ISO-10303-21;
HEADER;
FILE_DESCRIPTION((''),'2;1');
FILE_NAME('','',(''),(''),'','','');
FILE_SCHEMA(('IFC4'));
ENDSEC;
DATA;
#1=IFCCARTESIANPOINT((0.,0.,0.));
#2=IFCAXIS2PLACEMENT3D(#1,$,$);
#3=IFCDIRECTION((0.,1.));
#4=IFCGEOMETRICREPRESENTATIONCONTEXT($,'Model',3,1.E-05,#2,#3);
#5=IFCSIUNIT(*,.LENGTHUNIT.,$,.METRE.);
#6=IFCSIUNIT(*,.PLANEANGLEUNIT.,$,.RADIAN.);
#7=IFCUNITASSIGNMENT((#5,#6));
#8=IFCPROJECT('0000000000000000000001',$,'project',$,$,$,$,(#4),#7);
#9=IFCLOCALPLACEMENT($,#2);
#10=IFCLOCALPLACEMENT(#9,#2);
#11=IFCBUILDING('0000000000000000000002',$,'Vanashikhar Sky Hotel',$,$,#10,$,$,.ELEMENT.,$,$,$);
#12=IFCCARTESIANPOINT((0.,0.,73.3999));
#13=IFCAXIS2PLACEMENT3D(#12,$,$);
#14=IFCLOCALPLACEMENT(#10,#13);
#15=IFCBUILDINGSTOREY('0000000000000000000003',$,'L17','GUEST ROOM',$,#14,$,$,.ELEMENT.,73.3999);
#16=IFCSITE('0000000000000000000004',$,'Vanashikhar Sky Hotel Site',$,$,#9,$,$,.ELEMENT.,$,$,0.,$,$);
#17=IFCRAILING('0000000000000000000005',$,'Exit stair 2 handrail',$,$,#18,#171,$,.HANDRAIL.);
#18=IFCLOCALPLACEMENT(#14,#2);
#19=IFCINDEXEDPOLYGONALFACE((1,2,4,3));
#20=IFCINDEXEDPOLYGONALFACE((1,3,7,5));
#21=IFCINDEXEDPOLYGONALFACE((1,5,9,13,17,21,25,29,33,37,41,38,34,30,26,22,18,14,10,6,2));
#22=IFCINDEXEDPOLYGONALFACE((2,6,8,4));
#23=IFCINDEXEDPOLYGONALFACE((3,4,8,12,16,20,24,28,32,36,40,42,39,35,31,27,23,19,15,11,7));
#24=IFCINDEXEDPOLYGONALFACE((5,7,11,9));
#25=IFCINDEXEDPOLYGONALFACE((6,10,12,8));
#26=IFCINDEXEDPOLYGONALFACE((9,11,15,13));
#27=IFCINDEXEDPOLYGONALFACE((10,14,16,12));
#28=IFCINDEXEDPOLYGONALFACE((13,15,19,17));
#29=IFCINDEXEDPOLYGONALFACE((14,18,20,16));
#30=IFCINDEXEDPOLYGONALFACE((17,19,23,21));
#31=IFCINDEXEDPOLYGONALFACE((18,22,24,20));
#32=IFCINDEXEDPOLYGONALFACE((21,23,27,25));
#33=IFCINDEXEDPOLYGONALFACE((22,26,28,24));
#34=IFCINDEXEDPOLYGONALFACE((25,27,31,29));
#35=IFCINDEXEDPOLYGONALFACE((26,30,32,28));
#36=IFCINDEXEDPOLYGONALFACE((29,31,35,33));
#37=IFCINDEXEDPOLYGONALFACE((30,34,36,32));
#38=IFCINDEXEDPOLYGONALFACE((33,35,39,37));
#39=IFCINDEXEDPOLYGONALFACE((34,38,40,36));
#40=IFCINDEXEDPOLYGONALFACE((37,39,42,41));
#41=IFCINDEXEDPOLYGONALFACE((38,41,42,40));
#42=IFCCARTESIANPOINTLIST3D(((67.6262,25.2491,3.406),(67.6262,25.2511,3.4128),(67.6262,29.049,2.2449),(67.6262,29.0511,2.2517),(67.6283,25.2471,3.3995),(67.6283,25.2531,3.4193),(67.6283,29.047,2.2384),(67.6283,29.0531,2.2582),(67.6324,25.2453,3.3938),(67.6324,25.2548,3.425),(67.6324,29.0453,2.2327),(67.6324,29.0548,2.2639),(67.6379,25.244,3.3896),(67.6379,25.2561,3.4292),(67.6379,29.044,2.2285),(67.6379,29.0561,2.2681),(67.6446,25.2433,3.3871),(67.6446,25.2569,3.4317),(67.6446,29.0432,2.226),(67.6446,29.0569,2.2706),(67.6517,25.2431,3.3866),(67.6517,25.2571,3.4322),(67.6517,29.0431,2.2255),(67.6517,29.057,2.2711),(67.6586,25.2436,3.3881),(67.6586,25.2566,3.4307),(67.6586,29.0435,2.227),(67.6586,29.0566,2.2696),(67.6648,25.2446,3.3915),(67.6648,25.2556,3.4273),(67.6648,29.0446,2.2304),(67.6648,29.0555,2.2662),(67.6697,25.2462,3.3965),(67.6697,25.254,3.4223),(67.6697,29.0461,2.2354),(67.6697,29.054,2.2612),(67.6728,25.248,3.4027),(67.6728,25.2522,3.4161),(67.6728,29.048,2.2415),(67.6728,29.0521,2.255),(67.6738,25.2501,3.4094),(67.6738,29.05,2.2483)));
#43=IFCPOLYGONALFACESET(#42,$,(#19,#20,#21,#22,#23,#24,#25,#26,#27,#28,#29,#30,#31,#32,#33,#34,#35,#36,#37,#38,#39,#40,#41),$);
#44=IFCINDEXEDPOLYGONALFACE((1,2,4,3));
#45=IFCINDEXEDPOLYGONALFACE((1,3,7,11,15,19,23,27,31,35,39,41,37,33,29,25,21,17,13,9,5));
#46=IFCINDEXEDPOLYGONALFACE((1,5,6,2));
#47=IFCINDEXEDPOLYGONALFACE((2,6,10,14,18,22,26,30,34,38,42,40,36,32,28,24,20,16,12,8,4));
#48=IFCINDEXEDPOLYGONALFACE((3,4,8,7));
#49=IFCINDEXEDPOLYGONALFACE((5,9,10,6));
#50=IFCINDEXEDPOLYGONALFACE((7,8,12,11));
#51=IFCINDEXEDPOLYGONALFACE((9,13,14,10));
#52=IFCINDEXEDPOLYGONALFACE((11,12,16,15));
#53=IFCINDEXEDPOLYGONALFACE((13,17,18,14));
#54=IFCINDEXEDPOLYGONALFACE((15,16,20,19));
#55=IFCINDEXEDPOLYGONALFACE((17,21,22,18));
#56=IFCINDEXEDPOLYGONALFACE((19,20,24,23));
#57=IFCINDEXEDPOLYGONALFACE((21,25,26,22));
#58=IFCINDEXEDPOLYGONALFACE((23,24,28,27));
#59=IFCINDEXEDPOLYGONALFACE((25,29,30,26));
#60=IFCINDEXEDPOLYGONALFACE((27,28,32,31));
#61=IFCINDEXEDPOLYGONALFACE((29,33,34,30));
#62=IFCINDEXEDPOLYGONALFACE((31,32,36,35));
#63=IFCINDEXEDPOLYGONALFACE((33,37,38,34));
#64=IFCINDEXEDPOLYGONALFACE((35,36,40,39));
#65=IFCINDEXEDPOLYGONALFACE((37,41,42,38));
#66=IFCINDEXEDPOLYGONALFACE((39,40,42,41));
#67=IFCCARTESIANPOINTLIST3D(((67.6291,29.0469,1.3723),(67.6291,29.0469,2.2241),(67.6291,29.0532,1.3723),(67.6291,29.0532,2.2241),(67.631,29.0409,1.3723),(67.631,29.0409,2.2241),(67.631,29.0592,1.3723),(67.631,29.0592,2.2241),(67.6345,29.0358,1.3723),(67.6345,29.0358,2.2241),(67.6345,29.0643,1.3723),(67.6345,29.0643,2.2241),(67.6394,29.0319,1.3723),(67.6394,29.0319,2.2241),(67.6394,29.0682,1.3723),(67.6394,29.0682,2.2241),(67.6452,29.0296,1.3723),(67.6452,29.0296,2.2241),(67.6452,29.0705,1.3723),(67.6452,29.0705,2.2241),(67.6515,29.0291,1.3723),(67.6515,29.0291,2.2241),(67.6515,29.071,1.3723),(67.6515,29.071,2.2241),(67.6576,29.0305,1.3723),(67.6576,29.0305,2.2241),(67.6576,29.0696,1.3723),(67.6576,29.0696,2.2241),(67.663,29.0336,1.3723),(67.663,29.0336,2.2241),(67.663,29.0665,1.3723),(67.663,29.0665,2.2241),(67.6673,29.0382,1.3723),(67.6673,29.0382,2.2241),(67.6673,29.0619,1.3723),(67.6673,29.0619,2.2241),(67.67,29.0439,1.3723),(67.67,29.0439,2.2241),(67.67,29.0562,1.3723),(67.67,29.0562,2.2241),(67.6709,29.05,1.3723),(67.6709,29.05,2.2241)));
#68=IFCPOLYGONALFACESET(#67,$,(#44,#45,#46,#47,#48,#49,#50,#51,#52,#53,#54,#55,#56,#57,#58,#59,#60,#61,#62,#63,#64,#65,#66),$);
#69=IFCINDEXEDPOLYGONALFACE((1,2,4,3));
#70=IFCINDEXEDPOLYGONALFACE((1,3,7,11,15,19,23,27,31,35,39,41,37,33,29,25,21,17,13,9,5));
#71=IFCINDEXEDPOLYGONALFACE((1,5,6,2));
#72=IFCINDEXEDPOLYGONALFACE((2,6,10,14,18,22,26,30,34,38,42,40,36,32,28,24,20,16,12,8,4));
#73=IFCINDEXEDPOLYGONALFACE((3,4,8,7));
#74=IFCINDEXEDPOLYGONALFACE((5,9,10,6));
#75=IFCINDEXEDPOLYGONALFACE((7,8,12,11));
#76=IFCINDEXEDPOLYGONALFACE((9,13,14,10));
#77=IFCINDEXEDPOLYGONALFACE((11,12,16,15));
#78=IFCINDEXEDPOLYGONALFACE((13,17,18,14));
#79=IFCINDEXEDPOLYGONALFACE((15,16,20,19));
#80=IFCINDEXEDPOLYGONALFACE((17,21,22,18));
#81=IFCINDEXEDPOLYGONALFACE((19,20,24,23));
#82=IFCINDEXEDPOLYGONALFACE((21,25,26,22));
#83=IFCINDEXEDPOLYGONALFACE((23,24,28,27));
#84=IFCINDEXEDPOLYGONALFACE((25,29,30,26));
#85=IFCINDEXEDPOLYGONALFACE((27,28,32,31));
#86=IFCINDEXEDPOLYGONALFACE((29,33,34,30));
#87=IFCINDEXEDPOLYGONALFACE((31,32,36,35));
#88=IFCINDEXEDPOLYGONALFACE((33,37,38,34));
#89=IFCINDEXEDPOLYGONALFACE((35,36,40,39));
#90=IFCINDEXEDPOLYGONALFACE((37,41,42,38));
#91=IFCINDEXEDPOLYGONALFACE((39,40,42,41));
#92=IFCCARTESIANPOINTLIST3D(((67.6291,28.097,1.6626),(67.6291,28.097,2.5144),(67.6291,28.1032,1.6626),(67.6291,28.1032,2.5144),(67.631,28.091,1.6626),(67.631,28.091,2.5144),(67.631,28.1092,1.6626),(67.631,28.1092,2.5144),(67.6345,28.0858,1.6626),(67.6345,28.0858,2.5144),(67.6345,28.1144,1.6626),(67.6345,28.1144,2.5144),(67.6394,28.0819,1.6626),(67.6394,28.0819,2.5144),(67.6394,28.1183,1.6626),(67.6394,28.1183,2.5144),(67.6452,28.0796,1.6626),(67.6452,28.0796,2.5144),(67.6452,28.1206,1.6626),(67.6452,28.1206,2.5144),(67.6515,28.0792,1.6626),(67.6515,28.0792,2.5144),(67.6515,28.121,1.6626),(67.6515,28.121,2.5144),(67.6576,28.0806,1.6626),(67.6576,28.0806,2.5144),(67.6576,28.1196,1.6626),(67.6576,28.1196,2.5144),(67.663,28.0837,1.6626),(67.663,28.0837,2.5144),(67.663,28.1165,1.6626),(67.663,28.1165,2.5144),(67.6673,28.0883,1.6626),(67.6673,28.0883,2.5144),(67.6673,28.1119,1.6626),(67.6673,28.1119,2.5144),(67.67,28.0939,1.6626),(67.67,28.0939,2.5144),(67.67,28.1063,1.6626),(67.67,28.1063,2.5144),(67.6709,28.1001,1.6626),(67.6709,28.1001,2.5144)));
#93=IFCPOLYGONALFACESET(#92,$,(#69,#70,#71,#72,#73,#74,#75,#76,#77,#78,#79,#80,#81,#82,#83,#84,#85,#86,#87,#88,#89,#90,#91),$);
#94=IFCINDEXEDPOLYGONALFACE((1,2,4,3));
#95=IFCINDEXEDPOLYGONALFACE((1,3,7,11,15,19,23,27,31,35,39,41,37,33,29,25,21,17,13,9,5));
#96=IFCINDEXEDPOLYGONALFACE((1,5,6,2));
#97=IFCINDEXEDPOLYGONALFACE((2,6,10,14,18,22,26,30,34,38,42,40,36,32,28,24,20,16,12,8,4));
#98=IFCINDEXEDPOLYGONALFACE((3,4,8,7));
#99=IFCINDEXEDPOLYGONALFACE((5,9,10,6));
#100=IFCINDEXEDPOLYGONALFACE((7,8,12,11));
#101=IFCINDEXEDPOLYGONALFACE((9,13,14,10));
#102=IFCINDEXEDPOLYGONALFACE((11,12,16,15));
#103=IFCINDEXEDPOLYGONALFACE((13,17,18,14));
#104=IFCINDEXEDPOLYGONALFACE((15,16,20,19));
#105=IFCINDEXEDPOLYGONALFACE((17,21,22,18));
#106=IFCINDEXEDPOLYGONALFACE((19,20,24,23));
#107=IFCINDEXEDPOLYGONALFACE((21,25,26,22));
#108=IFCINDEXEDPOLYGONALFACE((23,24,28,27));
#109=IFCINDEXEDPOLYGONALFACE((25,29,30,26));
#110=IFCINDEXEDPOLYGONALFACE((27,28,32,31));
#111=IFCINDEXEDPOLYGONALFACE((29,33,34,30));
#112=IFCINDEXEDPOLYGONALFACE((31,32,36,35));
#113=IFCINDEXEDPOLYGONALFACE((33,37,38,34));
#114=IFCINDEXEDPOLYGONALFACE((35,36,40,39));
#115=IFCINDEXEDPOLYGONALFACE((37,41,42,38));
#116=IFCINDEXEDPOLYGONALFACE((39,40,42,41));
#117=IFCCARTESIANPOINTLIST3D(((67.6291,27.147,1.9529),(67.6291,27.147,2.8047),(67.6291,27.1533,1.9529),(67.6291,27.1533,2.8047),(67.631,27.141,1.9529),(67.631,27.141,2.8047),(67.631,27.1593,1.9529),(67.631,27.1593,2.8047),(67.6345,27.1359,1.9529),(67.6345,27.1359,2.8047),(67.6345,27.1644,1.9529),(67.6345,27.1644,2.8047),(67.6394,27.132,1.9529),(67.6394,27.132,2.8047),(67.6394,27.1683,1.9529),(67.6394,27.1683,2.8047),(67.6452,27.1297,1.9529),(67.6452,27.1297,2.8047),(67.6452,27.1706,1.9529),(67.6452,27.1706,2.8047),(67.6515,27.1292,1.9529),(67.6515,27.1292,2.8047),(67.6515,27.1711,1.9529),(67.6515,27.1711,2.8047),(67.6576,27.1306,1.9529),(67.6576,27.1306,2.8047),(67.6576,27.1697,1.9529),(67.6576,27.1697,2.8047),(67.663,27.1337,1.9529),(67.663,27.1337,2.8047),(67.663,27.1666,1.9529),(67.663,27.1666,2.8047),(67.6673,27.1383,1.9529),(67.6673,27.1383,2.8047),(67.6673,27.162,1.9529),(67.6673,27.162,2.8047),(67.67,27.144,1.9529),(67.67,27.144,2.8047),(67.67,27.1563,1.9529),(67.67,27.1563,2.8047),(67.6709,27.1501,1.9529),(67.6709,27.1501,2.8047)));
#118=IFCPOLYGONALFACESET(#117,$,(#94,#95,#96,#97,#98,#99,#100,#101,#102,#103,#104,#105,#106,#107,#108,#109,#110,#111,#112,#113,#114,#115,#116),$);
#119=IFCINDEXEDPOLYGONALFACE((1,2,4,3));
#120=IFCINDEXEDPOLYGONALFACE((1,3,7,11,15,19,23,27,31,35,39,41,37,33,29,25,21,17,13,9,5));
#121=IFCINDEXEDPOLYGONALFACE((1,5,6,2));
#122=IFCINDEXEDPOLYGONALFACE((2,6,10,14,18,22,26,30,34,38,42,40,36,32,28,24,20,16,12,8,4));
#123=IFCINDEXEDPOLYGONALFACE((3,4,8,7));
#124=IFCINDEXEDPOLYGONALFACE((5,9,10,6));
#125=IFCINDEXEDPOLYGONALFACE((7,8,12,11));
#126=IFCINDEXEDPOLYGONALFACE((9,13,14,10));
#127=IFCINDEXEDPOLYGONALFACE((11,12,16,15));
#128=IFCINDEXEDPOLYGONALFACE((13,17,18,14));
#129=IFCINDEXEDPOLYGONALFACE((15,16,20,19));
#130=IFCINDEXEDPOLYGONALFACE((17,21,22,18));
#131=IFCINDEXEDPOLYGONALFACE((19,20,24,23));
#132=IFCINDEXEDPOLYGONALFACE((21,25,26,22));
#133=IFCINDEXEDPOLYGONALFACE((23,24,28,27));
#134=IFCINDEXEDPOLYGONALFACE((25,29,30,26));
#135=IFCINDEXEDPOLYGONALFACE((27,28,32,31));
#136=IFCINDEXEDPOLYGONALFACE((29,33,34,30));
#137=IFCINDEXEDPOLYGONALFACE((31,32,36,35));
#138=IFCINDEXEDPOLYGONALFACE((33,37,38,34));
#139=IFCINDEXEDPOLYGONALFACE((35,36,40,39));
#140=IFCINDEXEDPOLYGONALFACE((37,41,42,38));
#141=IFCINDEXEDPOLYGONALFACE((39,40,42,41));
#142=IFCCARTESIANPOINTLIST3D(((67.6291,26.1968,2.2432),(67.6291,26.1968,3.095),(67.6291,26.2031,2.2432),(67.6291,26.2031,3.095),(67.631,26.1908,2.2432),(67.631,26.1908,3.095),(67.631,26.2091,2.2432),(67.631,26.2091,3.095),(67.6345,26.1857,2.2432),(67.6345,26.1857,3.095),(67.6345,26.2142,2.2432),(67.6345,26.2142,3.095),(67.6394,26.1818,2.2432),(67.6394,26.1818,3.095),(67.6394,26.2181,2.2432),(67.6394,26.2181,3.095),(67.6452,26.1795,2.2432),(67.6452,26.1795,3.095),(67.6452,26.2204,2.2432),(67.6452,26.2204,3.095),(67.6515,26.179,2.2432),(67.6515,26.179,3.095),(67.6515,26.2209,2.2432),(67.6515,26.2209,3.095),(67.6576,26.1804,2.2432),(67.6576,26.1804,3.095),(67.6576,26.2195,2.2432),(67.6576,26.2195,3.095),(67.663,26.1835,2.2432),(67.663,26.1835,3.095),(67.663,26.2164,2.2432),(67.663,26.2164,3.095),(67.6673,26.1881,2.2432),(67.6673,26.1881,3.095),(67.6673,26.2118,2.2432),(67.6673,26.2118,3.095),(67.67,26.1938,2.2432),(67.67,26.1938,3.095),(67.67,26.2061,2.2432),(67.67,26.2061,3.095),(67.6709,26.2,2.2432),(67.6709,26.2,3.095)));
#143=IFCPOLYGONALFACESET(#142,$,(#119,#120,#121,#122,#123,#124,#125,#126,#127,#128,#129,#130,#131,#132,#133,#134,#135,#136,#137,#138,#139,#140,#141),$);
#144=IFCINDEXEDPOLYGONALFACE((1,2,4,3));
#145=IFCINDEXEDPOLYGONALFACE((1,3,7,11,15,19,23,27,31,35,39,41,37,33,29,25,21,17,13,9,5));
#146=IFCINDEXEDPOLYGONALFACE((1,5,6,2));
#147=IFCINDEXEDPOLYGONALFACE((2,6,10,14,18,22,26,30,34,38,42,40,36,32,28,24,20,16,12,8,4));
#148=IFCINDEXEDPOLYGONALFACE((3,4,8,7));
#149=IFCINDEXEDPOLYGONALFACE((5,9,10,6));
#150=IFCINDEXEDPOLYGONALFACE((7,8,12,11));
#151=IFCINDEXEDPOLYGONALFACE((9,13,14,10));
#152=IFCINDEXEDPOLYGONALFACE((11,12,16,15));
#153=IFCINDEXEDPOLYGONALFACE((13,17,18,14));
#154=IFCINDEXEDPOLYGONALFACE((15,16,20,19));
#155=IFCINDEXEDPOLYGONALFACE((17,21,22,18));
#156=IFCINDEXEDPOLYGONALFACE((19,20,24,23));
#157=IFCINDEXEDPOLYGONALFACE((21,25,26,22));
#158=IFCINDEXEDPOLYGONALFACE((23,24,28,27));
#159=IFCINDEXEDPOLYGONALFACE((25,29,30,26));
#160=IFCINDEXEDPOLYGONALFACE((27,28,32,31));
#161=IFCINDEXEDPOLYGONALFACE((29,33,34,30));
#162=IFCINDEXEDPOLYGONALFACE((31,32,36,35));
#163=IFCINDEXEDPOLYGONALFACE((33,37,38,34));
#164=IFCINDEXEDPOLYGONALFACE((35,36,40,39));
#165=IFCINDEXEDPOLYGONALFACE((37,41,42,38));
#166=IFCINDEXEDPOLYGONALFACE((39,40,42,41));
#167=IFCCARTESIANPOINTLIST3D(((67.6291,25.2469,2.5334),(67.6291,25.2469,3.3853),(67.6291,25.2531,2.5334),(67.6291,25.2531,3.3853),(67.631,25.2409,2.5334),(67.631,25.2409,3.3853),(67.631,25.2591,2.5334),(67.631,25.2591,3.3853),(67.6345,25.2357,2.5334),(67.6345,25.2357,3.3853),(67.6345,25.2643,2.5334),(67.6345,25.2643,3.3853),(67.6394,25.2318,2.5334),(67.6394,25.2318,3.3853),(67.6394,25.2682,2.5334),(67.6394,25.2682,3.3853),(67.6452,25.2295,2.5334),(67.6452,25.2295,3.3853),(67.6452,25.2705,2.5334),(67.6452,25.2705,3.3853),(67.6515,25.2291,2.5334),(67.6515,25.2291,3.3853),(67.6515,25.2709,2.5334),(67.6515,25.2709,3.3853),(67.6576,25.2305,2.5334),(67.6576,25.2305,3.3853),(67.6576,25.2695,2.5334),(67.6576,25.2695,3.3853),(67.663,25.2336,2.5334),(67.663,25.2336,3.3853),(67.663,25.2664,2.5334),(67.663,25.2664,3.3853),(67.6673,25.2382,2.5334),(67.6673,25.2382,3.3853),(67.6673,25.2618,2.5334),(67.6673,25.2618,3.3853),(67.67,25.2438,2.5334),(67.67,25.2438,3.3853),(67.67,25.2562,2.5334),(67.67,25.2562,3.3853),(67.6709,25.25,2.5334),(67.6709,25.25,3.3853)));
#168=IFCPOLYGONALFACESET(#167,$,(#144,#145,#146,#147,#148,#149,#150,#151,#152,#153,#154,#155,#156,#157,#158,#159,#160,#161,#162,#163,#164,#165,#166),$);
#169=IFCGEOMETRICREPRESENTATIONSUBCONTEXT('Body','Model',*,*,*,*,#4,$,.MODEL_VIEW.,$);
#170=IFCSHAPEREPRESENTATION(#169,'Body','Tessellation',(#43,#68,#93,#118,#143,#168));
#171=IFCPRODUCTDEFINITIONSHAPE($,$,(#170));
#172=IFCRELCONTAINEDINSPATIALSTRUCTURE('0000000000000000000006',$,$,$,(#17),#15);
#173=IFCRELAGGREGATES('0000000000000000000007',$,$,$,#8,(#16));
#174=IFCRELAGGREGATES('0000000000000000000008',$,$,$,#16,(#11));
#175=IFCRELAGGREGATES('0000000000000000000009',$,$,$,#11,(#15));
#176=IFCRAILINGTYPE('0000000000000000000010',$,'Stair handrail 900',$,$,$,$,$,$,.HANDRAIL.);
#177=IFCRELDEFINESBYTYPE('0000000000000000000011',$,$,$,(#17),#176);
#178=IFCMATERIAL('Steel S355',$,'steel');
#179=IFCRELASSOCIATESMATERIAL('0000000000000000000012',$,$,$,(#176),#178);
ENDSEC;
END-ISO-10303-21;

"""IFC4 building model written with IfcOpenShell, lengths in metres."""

from ifc_helpers import new_model, si_unit, direction, frame, origin, origin_2d, place, context, subcontext, project, spatial, circle, extrude, source, transform, mapped, material, type_object, element, save


model = new_model("IFC4")

# Units and contexts
model_context = context("Model", 3, precision=1e-05, world=origin(), true_north=direction((0.0, 1.0)))
body_context = subcontext(model_context, "Body", "Model", "MODEL_VIEW")
ifc_project = project(units=[si_unit("LENGTHUNIT", "METRE"), si_unit("PLANEANGLEUNIT", "RADIAN")], contexts=[model_context])

# Site, building, storey
site_placement = place(None, origin())
site = spatial("IfcSite", under=ifc_project, at=site_placement, Name="Vanashikhar Sky Hotel Site", CompositionType="ELEMENT", RefElevation=0.0)
building_placement = place(site_placement, origin())
building = spatial("IfcBuilding", under=site, at=building_placement, Name="Vanashikhar Sky Hotel", CompositionType="ELEMENT")
storey_placement = place(building_placement, frame((0.0, 0.0, 73.3999)))
storey = spatial("IfcBuildingStorey", under=building, at=storey_placement, Name="L17", Description="GUEST ROOM", CompositionType="ELEMENT", Elevation=73.3999)

# Railing
ifc_material_1 = material(Name="Steel S355", Category="steel")
railing_type_1 = type_object("IfcRailingType", Name="Stair handrail 900", PredefinedType="HANDRAIL", material=ifc_material_1)
shared_shape_1 = source(origin(), body_context, "Body", "SweptSolid", [
    extrude(circle(Radius=0.0239, at=origin_2d()), frame((0.0, 0.0, 0.876), z_axis=(0.0, -0.956351, 0.29222), x_axis=(1.0, 0.0, 0.0)), (0.0, 0.0, 1.0), 3.9734),
    extrude(circle(Radius=0.021, at=origin_2d()), origin(), (0.0, 0.0, 1.0), 0.8518),
    extrude(circle(Radius=0.021, at=origin_2d()), frame((0.0, -0.95, 0.2903)), (0.0, 0.0, 1.0), 0.8518),
    extrude(circle(Radius=0.021, at=origin_2d()), frame((0.0, -1.8999, 0.5806)), (0.0, 0.0, 1.0), 0.8518),
    extrude(circle(Radius=0.021, at=origin_2d()), frame((0.0, -2.8501, 0.8708)), (0.0, 0.0, 1.0), 0.8518),
    extrude(circle(Radius=0.021, at=origin_2d()), frame((0.0, -3.8, 1.1611)), (0.0, 0.0, 1.0), 0.8518),
])
railing_1_placement = place(storey_placement, frame((67.6499, 29.05, 1.3723)))
element("IfcRailing", 1, at=railing_1_placement, inside=storey, type_object=railing_type_1, Name="Exit stair 2 handrail", PredefinedType="HANDRAIL", context=body_context, shape_type="MappedRepresentation", body=[
    mapped(shared_shape_1, transform((0.0, 0.0, 0.0), scale=1.0)),
])

save(model, "model.ifc")
